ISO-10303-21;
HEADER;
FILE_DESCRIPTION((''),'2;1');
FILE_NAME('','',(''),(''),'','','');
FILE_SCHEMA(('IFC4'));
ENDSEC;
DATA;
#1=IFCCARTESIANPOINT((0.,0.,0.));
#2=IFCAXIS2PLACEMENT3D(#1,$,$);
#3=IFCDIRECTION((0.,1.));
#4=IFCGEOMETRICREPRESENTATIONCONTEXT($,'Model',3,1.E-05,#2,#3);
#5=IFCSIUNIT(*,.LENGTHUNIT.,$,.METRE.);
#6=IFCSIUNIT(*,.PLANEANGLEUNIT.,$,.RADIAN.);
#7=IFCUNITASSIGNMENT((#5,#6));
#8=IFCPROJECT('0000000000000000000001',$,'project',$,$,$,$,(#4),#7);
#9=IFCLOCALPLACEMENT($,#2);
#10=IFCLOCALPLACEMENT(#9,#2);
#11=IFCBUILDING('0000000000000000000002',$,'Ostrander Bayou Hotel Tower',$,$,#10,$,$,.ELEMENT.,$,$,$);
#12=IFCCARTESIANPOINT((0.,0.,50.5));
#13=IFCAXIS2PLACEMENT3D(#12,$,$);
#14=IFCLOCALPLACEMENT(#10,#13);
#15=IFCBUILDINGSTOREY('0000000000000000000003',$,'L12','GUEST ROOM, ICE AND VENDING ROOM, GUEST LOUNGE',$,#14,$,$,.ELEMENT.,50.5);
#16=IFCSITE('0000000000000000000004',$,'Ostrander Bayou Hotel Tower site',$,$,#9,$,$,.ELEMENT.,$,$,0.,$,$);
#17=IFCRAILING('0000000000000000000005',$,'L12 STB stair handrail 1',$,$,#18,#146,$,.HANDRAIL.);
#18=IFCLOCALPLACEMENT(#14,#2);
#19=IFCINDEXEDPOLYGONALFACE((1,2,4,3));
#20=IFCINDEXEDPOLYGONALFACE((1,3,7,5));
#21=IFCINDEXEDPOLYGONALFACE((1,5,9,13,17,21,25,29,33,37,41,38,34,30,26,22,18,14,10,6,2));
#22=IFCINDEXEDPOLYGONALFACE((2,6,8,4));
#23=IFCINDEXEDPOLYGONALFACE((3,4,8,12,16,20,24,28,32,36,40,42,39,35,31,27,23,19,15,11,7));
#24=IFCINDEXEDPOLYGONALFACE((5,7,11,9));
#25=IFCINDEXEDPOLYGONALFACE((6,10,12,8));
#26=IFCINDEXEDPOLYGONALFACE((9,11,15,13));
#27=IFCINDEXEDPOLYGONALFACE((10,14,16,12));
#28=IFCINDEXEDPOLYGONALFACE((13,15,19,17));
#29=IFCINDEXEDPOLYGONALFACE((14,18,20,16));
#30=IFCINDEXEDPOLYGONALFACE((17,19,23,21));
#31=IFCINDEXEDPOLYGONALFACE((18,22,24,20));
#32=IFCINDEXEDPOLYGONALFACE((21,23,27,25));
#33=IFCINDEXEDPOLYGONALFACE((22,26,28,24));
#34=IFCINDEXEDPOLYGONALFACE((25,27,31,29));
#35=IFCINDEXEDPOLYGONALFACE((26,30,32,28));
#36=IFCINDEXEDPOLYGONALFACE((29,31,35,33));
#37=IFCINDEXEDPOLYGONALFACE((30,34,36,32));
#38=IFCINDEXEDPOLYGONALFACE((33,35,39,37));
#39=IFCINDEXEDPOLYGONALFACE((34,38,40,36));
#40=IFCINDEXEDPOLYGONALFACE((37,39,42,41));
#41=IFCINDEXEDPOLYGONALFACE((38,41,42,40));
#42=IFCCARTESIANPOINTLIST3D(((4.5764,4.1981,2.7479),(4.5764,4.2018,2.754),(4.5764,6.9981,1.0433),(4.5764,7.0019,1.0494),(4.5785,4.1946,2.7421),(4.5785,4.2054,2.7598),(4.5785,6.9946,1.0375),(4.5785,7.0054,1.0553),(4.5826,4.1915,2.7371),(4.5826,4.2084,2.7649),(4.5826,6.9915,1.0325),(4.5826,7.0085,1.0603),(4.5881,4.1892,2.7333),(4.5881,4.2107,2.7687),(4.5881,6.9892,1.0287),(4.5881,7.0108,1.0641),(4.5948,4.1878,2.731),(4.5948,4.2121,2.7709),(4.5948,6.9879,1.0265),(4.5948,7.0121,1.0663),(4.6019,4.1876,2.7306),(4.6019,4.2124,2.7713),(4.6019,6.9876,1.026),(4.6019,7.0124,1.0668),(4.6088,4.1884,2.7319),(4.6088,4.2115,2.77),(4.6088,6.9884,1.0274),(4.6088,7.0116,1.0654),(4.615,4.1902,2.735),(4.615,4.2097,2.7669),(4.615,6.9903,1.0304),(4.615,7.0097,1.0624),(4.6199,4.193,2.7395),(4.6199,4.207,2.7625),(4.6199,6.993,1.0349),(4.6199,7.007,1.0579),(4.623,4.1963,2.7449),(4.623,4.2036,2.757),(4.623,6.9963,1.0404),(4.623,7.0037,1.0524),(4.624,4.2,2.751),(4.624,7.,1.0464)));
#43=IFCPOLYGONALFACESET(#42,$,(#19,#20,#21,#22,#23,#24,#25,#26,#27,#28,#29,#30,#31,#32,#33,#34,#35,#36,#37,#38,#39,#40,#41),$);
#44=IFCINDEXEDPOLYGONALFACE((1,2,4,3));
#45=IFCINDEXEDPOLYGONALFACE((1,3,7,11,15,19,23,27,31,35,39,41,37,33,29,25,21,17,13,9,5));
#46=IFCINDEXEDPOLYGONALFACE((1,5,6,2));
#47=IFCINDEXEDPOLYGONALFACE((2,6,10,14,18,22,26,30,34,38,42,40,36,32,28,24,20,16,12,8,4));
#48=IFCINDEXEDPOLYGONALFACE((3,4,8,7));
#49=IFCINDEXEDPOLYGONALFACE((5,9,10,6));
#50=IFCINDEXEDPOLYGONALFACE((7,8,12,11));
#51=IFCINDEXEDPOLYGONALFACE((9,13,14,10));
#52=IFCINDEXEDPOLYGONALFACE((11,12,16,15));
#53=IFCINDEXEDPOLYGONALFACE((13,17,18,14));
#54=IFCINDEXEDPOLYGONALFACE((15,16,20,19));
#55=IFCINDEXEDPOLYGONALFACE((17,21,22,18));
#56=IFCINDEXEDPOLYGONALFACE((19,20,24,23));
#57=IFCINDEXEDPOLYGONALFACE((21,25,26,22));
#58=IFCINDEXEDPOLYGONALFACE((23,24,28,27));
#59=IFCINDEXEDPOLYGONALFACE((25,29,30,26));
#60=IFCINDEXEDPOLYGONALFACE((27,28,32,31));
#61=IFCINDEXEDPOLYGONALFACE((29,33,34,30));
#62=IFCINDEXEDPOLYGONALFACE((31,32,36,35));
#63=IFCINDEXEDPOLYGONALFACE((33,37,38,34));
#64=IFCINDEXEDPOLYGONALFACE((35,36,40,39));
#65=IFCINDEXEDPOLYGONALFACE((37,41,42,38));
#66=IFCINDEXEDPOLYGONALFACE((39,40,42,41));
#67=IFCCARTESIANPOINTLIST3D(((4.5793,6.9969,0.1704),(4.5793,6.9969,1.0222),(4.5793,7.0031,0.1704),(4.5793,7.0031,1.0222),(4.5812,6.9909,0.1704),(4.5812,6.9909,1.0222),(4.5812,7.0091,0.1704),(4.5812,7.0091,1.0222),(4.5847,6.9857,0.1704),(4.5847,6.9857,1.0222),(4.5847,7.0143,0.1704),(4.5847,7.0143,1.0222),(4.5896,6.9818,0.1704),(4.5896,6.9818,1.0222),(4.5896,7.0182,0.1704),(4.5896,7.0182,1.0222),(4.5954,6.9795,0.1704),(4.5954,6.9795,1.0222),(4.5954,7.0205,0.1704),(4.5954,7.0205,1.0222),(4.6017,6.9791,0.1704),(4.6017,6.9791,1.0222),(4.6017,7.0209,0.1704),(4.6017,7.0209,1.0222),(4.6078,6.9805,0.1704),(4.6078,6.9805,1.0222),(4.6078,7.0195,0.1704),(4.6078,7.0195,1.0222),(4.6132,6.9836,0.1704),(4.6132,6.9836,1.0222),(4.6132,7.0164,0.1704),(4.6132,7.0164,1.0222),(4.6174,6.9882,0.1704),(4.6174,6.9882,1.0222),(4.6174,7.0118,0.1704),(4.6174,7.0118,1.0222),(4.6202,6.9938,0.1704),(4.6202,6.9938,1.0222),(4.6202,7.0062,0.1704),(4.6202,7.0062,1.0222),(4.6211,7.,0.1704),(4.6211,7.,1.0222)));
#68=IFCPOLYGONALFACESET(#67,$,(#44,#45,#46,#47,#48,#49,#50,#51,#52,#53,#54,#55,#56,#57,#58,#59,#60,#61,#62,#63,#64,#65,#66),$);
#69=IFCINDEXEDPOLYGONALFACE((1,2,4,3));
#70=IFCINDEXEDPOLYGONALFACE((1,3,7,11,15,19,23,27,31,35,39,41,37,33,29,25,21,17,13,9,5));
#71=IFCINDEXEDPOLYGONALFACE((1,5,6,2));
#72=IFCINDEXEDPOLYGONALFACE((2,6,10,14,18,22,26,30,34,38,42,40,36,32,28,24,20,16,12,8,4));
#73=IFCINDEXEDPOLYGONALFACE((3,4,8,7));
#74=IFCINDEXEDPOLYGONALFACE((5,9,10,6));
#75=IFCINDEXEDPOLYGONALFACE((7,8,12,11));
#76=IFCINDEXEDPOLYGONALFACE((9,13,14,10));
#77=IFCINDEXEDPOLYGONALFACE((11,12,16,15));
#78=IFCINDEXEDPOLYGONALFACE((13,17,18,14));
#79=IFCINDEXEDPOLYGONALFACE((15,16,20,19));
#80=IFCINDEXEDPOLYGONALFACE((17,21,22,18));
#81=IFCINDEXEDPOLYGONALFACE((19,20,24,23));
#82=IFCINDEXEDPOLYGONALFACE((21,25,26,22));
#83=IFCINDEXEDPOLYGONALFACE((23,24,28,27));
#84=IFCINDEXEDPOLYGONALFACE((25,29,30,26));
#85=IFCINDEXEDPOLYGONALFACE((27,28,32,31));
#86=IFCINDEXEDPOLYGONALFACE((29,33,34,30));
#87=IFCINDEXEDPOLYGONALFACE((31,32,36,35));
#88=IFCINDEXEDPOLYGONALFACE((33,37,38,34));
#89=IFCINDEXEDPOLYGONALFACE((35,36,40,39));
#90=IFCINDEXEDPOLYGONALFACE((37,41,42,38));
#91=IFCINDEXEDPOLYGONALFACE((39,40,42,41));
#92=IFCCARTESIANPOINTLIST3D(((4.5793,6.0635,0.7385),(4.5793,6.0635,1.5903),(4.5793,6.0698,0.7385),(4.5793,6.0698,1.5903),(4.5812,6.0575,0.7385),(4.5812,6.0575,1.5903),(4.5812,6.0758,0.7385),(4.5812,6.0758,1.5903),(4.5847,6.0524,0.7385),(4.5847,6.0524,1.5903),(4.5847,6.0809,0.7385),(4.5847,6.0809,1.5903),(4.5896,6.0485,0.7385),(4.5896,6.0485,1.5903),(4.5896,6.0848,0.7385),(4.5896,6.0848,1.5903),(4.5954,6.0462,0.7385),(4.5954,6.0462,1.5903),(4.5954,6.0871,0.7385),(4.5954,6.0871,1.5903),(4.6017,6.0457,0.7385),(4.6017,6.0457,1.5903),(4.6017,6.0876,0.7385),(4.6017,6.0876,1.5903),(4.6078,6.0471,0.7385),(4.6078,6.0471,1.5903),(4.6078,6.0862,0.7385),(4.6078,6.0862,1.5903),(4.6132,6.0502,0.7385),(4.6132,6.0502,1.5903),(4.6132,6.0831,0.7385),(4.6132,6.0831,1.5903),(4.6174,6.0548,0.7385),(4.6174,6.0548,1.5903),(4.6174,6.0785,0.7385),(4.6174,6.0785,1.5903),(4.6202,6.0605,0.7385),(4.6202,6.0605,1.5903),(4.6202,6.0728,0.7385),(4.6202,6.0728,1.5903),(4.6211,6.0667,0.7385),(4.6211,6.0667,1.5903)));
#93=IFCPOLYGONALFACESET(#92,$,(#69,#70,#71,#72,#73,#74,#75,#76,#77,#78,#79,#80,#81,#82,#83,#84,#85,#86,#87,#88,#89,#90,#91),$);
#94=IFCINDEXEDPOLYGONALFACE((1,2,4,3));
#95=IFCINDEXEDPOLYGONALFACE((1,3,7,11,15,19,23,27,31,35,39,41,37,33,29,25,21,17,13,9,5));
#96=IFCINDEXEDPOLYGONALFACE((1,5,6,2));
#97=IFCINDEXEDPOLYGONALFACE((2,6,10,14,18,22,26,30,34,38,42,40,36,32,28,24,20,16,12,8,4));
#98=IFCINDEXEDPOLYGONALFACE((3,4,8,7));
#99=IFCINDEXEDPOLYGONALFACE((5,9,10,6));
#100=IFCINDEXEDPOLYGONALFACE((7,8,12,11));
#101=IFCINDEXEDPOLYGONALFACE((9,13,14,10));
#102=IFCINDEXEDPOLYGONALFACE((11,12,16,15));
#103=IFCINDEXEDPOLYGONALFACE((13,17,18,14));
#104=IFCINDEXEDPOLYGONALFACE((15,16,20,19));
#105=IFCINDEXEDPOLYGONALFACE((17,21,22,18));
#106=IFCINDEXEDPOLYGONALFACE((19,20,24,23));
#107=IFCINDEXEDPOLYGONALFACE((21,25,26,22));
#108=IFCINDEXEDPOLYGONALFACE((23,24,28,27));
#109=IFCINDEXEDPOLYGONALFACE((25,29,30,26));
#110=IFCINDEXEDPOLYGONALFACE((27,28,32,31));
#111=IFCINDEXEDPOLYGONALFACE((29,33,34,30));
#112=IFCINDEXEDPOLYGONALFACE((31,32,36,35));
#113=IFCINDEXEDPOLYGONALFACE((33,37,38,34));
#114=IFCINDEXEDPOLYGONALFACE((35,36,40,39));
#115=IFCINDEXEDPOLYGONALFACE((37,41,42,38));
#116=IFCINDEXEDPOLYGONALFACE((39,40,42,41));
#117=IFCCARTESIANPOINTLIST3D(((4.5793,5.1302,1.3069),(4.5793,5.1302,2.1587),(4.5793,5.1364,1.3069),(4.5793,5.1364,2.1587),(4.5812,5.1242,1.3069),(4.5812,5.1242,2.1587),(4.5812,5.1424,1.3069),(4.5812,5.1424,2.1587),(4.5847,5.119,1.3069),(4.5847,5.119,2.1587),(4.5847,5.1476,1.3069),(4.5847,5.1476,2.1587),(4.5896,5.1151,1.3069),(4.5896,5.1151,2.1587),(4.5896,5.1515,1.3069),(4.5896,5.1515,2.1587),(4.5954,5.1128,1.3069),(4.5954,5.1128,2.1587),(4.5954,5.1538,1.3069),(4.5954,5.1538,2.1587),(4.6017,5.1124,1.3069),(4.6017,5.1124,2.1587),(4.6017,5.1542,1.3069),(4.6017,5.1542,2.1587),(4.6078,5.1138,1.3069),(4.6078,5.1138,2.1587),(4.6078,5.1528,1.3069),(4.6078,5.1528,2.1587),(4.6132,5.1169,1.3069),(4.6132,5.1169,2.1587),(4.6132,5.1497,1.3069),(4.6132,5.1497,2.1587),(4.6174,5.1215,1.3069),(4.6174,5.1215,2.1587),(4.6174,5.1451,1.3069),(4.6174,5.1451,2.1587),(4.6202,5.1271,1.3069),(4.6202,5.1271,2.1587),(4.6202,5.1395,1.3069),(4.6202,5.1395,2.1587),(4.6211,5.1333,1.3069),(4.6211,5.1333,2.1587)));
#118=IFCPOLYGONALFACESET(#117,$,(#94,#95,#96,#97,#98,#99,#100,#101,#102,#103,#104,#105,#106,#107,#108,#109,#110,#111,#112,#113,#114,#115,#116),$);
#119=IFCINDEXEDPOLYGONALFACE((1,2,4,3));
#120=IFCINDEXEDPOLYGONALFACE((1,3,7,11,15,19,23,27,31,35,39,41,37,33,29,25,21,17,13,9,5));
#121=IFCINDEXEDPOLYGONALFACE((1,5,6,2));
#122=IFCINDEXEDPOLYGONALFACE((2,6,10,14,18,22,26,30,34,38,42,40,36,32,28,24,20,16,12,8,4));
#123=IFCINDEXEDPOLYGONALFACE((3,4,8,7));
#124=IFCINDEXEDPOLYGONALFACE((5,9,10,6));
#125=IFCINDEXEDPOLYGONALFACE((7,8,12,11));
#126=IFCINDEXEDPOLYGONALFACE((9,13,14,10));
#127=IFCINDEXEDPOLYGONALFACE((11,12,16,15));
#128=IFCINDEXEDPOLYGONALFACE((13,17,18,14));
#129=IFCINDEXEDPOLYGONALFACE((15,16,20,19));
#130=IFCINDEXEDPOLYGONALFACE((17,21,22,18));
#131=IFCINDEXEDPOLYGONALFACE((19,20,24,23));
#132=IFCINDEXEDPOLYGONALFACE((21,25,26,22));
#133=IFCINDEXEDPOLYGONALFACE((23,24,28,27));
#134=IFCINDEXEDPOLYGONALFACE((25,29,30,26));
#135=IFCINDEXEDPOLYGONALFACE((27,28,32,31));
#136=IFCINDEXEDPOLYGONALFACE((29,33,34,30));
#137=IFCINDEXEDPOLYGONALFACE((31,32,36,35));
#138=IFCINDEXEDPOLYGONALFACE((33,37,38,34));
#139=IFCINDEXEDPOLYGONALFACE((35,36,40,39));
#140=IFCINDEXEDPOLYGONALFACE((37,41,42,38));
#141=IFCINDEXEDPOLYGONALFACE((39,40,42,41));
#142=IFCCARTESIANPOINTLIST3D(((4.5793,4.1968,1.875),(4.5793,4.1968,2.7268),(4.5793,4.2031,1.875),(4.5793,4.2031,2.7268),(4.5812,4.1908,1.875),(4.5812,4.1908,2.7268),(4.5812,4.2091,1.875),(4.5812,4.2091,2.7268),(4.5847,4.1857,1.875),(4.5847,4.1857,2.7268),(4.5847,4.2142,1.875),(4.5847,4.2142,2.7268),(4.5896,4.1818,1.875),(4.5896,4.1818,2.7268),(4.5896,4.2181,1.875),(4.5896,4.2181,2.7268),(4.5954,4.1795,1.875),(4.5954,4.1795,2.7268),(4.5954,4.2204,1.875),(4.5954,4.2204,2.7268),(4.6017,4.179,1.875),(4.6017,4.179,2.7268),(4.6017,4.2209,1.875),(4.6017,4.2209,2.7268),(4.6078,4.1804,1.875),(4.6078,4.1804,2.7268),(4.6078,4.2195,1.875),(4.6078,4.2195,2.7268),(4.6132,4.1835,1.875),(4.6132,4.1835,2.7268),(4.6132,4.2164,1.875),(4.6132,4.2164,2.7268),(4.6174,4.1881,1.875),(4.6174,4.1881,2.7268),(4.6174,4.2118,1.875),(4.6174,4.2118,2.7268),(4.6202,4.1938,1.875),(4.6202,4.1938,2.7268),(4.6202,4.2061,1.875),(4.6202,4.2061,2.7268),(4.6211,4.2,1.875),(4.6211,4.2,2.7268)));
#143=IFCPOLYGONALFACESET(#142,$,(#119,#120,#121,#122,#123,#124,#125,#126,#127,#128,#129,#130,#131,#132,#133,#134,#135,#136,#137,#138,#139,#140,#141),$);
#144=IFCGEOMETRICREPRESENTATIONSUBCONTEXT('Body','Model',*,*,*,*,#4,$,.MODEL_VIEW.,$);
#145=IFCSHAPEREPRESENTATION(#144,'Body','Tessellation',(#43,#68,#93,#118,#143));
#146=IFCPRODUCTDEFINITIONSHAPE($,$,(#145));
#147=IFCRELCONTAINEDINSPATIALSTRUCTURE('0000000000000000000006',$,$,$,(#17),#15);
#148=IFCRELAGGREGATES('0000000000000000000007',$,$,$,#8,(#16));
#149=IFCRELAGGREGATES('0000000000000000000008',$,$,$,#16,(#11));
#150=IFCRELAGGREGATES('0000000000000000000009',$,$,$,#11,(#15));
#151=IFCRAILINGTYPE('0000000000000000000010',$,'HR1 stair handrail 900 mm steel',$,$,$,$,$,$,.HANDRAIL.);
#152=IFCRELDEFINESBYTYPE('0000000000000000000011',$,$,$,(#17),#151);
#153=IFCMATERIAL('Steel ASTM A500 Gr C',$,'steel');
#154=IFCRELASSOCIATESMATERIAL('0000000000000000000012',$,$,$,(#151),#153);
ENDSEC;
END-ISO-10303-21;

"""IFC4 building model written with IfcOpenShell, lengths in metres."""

from ifc_helpers import new_model, si_unit, direction, frame, origin, origin_2d, place, context, subcontext, project, spatial, circle, extrude, material, type_object, element, save


model = new_model("IFC4")

# Units and contexts
model_context = context("Model", 3, precision=1e-05, world=origin(), true_north=direction((0.0, 1.0)))
body_context = subcontext(model_context, "Body", "Model", "MODEL_VIEW")
ifc_project = project(units=[si_unit("LENGTHUNIT", "METRE"), si_unit("PLANEANGLEUNIT", "RADIAN")], contexts=[model_context])

# Site, building, storey
site_placement = place(None, origin())
site = spatial("IfcSite", under=ifc_project, at=site_placement, Name="Ostrander Bayou Hotel Tower site", CompositionType="ELEMENT", RefElevation=0.0)
building_placement = place(site_placement, origin())
building = spatial("IfcBuilding", under=site, at=building_placement, Name="Ostrander Bayou Hotel Tower", CompositionType="ELEMENT")
storey_placement = place(building_placement, frame((0.0, 0.0, 50.5)))
storey = spatial("IfcBuildingStorey", under=building, at=storey_placement, Name="L12", Description="GUEST ROOM, ICE AND VENDING ROOM, GUEST LOUNGE", CompositionType="ELEMENT", Elevation=50.5)

# Railing
ifc_material_1 = material(Name="Steel ASTM A500 Gr C", Category="steel")
railing_type_1 = type_object("IfcRailingType", Name="HR1 stair handrail 900 mm steel", PredefinedType="HANDRAIL", material=ifc_material_1)
railing_1_placement = place(storey_placement, frame((4.6001, 7.0, 0.1704)))
element("IfcRailing", 1, at=railing_1_placement, inside=storey, type_object=railing_type_1, Name="L12 STB stair handrail 1", PredefinedType="HANDRAIL", context=body_context, shape_type="SweptSolid", body=[
    extrude(circle(Radius=0.0239, at=origin_2d()), frame((0.0, 0.0, 0.876), z_axis=(0.0, -0.85417, 0.519994), x_axis=(1.0, 0.0, 0.0)), (0.0, 0.0, 1.0), 3.2781),
    extrude(circle(Radius=0.021, at=origin_2d()), origin(), (0.0, 0.0, 1.0), 0.8518),
    extrude(circle(Radius=0.021, at=origin_2d()), frame((0.0, -0.9333, 0.5681)), (0.0, 0.0, 1.0), 0.8518),
    extrude(circle(Radius=0.021, at=origin_2d()), frame((0.0, -1.8667, 1.1365)), (0.0, 0.0, 1.0), 0.8518),
    extrude(circle(Radius=0.021, at=origin_2d()), frame((0.0, -2.8, 1.7046)), (0.0, 0.0, 1.0), 0.8518),
])

save(model, "model.ifc")
